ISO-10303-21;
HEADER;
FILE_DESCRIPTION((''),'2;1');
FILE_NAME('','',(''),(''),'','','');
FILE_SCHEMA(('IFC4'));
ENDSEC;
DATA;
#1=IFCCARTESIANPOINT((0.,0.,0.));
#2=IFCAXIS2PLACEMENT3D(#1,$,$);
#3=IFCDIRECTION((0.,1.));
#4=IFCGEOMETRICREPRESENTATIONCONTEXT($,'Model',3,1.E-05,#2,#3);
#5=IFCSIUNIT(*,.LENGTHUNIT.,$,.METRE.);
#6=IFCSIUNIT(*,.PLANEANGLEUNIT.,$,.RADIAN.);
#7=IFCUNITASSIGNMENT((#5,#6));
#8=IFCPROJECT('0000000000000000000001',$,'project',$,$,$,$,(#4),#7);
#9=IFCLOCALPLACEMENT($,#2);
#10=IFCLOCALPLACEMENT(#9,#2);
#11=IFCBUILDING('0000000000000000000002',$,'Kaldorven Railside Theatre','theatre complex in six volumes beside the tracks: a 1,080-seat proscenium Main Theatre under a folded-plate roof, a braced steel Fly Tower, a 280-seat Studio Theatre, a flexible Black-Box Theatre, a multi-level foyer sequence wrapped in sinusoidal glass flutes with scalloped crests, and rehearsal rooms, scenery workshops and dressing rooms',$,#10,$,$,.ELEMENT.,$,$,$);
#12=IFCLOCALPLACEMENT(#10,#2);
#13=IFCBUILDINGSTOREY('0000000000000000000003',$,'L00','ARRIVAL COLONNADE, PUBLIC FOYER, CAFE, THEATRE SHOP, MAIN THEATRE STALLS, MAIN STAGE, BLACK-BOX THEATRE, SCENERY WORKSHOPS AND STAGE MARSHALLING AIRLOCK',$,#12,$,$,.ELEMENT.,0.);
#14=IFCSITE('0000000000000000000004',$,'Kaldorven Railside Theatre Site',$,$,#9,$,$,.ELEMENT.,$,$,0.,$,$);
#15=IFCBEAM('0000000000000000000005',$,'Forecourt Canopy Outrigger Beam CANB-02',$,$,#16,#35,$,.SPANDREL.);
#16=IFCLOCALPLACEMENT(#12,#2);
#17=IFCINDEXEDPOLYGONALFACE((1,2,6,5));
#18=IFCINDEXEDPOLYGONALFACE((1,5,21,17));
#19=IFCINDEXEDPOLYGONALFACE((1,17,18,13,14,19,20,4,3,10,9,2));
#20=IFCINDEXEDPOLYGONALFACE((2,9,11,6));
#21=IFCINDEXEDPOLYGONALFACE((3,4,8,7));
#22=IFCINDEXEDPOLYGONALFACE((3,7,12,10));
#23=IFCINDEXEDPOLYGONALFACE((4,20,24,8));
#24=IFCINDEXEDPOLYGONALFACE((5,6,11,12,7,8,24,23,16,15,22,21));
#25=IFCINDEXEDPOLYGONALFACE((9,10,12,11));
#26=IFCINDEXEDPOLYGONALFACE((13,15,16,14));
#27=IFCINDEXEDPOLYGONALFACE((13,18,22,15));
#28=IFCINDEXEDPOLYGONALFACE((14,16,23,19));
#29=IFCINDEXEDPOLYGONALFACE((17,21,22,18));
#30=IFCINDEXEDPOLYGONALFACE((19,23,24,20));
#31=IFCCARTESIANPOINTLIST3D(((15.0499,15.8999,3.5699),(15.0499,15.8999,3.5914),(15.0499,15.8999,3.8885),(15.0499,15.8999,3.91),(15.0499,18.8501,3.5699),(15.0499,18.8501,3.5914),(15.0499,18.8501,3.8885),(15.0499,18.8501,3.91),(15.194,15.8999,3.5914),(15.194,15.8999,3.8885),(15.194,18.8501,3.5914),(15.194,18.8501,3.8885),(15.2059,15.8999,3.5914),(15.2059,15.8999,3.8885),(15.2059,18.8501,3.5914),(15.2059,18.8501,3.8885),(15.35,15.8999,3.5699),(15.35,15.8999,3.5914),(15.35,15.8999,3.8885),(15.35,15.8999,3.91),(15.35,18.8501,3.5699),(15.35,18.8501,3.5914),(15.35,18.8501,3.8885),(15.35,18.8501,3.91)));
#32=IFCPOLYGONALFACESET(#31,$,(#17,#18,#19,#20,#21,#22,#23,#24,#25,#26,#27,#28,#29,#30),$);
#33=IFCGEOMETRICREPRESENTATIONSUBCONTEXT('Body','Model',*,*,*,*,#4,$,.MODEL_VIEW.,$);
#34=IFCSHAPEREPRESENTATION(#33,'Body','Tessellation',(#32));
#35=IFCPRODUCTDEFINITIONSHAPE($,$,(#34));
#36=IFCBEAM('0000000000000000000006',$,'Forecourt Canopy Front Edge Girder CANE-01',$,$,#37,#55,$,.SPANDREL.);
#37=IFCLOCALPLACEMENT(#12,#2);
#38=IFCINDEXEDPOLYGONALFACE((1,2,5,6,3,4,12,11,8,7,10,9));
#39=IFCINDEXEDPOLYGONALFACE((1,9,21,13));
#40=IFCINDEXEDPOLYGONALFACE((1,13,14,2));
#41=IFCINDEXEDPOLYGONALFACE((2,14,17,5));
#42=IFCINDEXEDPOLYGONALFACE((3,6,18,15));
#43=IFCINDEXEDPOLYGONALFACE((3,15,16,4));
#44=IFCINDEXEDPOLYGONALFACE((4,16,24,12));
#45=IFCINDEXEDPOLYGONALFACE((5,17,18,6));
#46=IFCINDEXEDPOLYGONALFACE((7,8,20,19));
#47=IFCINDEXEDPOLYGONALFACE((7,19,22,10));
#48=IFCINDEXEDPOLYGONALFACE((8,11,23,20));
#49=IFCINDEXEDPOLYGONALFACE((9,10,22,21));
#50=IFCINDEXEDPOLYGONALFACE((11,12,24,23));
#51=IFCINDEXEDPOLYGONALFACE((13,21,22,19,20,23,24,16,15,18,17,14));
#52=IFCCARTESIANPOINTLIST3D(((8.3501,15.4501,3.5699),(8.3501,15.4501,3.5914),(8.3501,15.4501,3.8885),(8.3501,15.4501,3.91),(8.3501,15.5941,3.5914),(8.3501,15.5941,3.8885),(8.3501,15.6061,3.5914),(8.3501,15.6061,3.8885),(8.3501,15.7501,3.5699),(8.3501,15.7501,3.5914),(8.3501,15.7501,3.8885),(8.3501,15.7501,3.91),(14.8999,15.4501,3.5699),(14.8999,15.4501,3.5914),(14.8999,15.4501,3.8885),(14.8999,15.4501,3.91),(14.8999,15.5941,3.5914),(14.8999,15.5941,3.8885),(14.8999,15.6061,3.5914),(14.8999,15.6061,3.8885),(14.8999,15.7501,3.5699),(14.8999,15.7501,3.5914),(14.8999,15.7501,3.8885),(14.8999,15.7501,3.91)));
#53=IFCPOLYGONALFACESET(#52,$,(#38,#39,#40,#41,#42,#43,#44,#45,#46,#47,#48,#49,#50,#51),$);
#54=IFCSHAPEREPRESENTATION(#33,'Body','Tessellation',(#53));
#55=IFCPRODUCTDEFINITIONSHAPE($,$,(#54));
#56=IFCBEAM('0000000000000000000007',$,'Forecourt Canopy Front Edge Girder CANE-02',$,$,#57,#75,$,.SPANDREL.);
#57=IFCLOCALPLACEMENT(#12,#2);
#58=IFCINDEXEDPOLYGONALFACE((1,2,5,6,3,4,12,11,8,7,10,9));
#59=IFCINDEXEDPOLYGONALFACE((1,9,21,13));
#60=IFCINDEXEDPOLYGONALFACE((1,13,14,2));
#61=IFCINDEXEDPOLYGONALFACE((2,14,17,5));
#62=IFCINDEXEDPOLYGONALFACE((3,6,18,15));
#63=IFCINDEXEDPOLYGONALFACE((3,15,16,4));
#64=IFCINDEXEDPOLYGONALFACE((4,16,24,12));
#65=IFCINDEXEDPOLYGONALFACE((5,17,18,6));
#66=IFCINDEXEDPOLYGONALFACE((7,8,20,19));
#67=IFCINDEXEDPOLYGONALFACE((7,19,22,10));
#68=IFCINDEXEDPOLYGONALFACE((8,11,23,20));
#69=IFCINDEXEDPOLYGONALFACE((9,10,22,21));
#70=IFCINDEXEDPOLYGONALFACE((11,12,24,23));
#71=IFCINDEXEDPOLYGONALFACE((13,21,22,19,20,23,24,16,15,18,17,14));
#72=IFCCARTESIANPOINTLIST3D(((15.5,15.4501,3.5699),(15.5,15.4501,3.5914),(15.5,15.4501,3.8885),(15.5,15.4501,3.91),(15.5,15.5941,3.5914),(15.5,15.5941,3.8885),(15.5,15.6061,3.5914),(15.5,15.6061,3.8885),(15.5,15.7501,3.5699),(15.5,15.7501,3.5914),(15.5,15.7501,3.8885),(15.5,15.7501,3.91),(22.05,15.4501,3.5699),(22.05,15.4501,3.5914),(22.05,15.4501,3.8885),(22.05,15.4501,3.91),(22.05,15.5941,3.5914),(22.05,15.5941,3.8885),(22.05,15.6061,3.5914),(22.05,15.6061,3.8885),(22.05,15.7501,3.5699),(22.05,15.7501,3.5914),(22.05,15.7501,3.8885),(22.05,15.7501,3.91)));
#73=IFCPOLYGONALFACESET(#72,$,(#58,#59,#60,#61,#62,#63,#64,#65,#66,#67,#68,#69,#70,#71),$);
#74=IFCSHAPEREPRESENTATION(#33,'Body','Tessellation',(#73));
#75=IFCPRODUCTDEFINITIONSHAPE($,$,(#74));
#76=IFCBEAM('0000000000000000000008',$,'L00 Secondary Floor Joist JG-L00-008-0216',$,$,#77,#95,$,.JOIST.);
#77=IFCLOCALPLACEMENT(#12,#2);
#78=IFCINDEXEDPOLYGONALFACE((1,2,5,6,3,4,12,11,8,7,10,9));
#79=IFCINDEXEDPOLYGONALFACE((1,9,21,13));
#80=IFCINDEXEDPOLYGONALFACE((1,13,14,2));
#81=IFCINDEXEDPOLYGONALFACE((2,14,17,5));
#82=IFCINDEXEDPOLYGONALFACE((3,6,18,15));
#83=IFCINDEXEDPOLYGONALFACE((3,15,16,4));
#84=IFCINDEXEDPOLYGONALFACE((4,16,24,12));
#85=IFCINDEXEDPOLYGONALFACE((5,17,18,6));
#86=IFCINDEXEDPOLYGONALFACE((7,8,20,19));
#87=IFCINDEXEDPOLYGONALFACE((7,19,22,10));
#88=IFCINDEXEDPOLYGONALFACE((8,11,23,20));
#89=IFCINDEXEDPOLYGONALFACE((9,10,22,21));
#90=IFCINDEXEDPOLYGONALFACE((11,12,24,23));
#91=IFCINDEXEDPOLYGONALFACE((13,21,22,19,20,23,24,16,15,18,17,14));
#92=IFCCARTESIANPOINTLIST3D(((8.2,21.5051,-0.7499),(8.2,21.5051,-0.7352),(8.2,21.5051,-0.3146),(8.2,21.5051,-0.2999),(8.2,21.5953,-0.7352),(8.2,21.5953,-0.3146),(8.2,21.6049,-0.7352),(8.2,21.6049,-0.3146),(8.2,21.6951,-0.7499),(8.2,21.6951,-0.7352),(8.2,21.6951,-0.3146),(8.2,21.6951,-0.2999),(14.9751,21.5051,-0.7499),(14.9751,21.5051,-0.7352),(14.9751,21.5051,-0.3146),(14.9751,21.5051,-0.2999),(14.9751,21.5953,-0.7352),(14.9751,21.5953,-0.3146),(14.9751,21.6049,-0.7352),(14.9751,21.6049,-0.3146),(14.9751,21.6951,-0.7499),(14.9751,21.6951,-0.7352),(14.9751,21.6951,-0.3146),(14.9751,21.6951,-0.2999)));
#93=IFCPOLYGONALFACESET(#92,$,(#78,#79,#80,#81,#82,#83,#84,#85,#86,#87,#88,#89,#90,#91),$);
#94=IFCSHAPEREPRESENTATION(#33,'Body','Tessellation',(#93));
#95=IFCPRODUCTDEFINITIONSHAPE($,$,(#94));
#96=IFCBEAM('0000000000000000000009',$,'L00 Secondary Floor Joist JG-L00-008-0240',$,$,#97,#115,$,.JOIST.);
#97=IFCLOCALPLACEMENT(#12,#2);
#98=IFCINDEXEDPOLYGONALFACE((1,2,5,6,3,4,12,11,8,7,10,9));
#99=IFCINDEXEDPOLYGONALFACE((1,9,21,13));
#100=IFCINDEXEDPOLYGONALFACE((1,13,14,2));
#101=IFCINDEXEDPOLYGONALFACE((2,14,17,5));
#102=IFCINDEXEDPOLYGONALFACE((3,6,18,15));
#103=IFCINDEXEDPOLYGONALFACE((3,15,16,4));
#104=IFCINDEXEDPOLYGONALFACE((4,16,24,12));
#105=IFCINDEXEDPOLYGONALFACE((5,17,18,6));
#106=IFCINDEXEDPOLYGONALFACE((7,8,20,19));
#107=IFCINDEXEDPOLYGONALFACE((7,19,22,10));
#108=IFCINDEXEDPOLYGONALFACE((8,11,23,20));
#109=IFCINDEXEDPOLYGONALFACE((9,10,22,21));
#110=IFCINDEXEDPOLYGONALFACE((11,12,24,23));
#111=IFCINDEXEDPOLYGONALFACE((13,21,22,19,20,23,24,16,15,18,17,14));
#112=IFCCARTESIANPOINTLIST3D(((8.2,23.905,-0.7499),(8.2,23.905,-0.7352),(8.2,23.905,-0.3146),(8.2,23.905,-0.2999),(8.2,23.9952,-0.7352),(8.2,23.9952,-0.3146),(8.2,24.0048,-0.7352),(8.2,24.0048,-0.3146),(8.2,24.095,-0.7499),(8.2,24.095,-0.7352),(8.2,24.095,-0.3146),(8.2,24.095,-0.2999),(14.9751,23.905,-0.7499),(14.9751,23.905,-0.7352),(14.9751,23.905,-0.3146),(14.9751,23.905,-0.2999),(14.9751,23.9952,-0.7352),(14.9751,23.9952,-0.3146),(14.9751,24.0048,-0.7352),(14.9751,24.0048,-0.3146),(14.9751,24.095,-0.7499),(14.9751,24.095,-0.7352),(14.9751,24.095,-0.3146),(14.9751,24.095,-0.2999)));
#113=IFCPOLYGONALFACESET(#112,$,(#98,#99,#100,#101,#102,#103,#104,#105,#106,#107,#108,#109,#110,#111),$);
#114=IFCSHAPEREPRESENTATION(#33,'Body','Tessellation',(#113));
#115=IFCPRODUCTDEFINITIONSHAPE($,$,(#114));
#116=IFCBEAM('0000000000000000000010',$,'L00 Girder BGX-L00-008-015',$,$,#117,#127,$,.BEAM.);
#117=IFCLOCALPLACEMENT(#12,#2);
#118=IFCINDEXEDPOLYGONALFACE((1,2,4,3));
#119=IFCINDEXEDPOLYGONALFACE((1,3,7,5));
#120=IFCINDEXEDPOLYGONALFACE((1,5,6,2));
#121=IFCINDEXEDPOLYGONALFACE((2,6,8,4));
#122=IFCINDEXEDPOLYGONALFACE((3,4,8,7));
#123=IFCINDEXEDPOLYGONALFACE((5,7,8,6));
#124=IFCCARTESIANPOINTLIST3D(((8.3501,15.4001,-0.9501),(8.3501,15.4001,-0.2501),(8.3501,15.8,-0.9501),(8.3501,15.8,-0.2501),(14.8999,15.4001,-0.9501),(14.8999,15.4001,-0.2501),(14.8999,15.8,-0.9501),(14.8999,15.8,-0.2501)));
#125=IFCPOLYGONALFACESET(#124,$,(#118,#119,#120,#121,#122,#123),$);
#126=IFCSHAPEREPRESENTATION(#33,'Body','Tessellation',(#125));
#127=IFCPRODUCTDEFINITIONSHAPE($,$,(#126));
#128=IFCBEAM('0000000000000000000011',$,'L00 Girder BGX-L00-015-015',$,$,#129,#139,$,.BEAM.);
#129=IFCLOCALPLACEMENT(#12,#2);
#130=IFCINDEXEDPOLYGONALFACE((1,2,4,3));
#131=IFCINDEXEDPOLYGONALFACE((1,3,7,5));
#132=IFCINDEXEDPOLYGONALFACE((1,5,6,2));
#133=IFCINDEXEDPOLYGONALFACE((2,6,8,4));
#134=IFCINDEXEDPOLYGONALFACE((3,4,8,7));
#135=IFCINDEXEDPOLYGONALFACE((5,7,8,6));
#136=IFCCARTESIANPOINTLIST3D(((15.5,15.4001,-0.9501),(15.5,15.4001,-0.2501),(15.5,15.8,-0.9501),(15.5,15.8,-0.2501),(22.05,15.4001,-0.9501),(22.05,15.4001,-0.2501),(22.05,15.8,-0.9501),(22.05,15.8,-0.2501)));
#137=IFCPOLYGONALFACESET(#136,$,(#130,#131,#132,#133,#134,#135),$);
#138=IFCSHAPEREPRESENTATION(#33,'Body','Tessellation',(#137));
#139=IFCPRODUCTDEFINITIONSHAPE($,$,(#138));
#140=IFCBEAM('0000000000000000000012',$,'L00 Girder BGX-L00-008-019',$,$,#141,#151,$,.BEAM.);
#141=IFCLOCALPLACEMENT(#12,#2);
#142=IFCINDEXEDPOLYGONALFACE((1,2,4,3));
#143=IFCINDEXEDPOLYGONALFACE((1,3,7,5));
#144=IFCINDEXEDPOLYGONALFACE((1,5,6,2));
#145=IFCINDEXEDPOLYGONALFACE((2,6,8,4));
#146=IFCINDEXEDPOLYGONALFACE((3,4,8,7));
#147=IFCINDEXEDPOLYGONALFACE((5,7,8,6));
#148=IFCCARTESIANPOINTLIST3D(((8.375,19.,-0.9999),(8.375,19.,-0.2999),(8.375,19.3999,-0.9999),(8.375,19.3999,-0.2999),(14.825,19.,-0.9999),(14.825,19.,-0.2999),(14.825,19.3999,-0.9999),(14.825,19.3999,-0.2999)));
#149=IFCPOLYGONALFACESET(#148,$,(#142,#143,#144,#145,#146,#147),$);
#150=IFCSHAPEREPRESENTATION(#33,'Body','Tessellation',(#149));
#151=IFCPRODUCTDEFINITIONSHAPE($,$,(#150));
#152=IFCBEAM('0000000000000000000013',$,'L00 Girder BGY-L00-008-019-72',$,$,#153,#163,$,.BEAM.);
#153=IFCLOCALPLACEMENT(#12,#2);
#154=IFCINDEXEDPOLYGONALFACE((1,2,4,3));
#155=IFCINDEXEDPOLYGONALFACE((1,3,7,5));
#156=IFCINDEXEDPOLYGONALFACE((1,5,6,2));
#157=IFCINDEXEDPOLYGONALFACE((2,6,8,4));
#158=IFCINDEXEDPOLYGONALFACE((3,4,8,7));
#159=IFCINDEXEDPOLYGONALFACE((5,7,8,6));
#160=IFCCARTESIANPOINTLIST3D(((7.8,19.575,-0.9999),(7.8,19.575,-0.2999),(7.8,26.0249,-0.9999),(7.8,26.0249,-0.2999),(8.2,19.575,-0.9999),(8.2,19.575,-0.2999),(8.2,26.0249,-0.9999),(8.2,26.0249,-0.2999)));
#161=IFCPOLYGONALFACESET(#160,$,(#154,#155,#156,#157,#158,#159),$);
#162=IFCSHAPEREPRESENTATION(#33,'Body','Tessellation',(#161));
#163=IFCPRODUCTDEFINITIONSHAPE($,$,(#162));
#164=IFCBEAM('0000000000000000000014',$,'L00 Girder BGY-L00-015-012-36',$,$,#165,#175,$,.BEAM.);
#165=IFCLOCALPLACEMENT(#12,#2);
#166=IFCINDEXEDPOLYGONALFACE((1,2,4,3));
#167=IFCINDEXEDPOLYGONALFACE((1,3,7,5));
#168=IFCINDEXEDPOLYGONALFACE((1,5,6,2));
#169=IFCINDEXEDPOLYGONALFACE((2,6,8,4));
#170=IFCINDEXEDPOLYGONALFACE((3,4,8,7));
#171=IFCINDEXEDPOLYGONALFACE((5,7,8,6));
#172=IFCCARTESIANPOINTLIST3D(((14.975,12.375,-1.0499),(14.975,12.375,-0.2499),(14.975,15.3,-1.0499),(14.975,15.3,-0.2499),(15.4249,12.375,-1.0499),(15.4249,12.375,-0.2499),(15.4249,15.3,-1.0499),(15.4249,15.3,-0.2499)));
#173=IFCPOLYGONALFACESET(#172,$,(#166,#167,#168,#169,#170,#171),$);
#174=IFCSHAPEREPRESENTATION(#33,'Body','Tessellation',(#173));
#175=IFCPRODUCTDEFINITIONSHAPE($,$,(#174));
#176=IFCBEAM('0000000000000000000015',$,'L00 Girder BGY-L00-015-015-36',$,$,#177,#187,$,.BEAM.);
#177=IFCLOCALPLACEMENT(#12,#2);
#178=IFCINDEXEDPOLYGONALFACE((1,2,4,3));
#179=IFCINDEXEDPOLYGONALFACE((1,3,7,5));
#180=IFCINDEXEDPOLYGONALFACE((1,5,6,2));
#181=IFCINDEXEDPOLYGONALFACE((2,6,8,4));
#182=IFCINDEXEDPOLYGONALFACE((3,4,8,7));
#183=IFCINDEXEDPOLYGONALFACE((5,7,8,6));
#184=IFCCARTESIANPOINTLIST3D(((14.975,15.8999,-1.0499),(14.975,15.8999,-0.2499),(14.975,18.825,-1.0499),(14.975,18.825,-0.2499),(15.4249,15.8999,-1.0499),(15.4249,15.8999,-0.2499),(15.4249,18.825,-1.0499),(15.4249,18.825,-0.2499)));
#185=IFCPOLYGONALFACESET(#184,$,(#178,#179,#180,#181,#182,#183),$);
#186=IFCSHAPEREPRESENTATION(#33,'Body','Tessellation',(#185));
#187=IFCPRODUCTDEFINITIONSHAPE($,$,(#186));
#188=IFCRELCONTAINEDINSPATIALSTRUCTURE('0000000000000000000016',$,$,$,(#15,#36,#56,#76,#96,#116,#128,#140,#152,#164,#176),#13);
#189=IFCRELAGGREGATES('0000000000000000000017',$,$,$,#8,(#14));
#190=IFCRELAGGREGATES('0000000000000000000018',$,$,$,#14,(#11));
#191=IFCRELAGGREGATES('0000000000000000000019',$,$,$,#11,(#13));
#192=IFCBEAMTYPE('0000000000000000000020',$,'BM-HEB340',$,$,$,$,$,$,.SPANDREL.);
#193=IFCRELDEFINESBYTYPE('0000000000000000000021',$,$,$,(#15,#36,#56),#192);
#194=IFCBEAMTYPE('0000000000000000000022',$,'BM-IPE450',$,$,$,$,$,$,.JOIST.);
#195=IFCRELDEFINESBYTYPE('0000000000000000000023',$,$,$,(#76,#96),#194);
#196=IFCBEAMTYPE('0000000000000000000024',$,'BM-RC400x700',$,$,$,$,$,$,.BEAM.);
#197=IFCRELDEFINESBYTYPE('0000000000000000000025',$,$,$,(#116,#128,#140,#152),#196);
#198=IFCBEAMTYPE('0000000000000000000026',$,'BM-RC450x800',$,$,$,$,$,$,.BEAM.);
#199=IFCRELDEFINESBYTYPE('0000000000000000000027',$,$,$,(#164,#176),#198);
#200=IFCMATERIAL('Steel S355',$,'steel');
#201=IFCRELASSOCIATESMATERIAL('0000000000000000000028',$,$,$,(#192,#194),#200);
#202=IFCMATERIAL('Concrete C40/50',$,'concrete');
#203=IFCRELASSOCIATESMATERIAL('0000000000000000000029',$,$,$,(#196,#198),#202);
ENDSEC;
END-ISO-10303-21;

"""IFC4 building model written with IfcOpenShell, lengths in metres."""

from ifc_helpers import new_model, si_unit, direction, frame, origin, origin_2d, place, context, subcontext, project, spatial, rectangle, i_section, extrude, material, material_profile, profile_set, type_object, element, save


model = new_model("IFC4")

# Units and contexts
model_context = context("Model", 3, precision=1e-05, world=origin(), true_north=direction((0.0, 1.0)))
body_context = subcontext(model_context, "Body", "Model", "MODEL_VIEW")
ifc_project = project(units=[si_unit("LENGTHUNIT", "METRE"), si_unit("PLANEANGLEUNIT", "RADIAN")], contexts=[model_context])

# Site, building, storey
site_placement = place(None, origin())
site = spatial("IfcSite", under=ifc_project, at=site_placement, Name="Kaldorven Railside Theatre Site", CompositionType="ELEMENT", RefElevation=0.0)
building_placement = place(site_placement, origin())
building = spatial("IfcBuilding", under=site, at=building_placement, Name="Kaldorven Railside Theatre", Description="theatre complex in six volumes beside the tracks: a 1,080-seat proscenium Main Theatre under a folded-plate roof, a braced steel Fly Tower, a 280-seat Studio Theatre, a flexible Black-Box Theatre, a multi-level foyer sequence wrapped in sinusoidal glass flutes with scalloped crests, and rehearsal rooms, scenery workshops and dressing rooms", CompositionType="ELEMENT")
storey_placement = place(building_placement, origin())
storey = spatial("IfcBuildingStorey", under=building, at=storey_placement, Name="L00", Description="ARRIVAL COLONNADE, PUBLIC FOYER, CAFE, THEATRE SHOP, MAIN THEATRE STALLS, MAIN STAGE, BLACK-BOX THEATRE, SCENERY WORKSHOPS AND STAGE MARSHALLING AIRLOCK", CompositionType="ELEMENT", Elevation=0.0)

# Shared definitions
ifc_material_1 = material(Name="Concrete C40/50", Category="concrete")

# Beams
ifc_material_2 = material(Name="Steel S355", Category="steel")
ifc_material_profile_1 = material_profile(ifc_material_2, i_section(OverallWidth=0.3, OverallDepth=0.3401, WebThickness=0.012, FlangeThickness=0.0215, at=origin_2d()), Name="HEB 340")
ifc_profile_set_1 = profile_set([ifc_material_profile_1], Name="Steel S355")
beam_type_1 = type_object("IfcBeamType", Name="BM-HEB340", PredefinedType="SPANDREL", material=ifc_profile_set_1)
beam_1_placement = place(storey_placement, frame((15.2, 15.8999, 3.74), z_axis=(0.0, 1.0, 0.0), x_axis=(-1.0, 0.0, 0.0)))
element("IfcBeam", 1, at=beam_1_placement, inside=storey, type_object=beam_type_1, Name="Forecourt Canopy Outrigger Beam CANB-02", PredefinedType="SPANDREL", context=body_context, shape_type="SweptSolid", body=[
    extrude(i_section(OverallWidth=0.3, OverallDepth=0.3401, WebThickness=0.012, FlangeThickness=0.0215, at=origin_2d()), origin(), (0.0, 0.0, 1.0), 2.9502),
])
beam_2_placement = place(storey_placement, frame((8.3501, 15.6001, 3.74), z_axis=(1.0, 0.0, 0.0), x_axis=(0.0, 1.0, 0.0)))
element("IfcBeam", 2, at=beam_2_placement, inside=storey, type_object=beam_type_1, Name="Forecourt Canopy Front Edge Girder CANE-01", PredefinedType="SPANDREL", context=body_context, shape_type="SweptSolid", body=[
    extrude(i_section(OverallWidth=0.3, OverallDepth=0.3401, WebThickness=0.012, FlangeThickness=0.0215, at=origin_2d()), origin(), (0.0, 0.0, 1.0), 6.5498),
])
beam_3_placement = place(storey_placement, frame((15.5, 15.6001, 3.74), z_axis=(1.0, 0.0, 0.0), x_axis=(0.0, 1.0, 0.0)))
element("IfcBeam", 3, at=beam_3_placement, inside=storey, type_object=beam_type_1, Name="Forecourt Canopy Front Edge Girder CANE-02", PredefinedType="SPANDREL", context=body_context, shape_type="SweptSolid", body=[
    extrude(i_section(OverallWidth=0.3, OverallDepth=0.3401, WebThickness=0.012, FlangeThickness=0.0215, at=origin_2d()), origin(), (0.0, 0.0, 1.0), 6.55),
])
ifc_material_profile_2 = material_profile(ifc_material_2, i_section(OverallWidth=0.1899, OverallDepth=0.45, WebThickness=0.0095, FlangeThickness=0.0146, at=origin_2d()), Name="IPE 450")
ifc_profile_set_2 = profile_set([ifc_material_profile_2], Name="Steel S355")
beam_type_2 = type_object("IfcBeamType", Name="BM-IPE450", PredefinedType="JOIST", material=ifc_profile_set_2)
for number, where, z_axis, x_axis, name in (
    (4, (8.2, 21.6001, -0.5249), (1.0, 0.0, 0.0), (0.0, 1.0, 0.0), "L00 Secondary Floor Joist JG-L00-008-0216"),
    (5, (8.2, 24.0, -0.5249), (1.0, 0.0, 0.0), (0.0, 1.0, 0.0), "L00 Secondary Floor Joist JG-L00-008-0240"),
):
    element("IfcBeam", number, at=place(storey_placement, frame(where, z_axis=z_axis, x_axis=x_axis)), inside=storey, type_object=beam_type_2, Name=name, PredefinedType="JOIST", context=body_context, shape_type="SweptSolid", body=[
        extrude(i_section(OverallWidth=0.1899, OverallDepth=0.45, WebThickness=0.0095, FlangeThickness=0.0146, at=origin_2d()), origin(), (0.0, 0.0, 1.0), 6.7751),
    ])
ifc_material_profile_3 = material_profile(ifc_material_1, rectangle(XDim=0.3999, YDim=0.7, at=origin_2d()), Name="RC 400x700")
ifc_profile_set_3 = profile_set([ifc_material_profile_3], Name="Concrete C40/50")
beam_type_3 = type_object("IfcBeamType", Name="BM-RC400x700", PredefinedType="BEAM", material=ifc_profile_set_3)
beam_4_placement = place(storey_placement, frame((8.3501, 15.6001, -0.6001), z_axis=(1.0, 0.0, 0.0), x_axis=(0.0, 1.0, 0.0)))
element("IfcBeam", 6, at=beam_4_placement, inside=storey, type_object=beam_type_3, Name="L00 Girder BGX-L00-008-015", PredefinedType="BEAM", context=body_context, shape_type="SweptSolid", body=[
    extrude(rectangle(XDim=0.3999, YDim=0.7, at=origin_2d()), origin(), (0.0, 0.0, 1.0), 6.5498),
])
beam_5_placement = place(storey_placement, frame((15.5, 15.6001, -0.6001), z_axis=(1.0, 0.0, 0.0), x_axis=(0.0, 1.0, 0.0)))
element("IfcBeam", 7, at=beam_5_placement, inside=storey, type_object=beam_type_3, Name="L00 Girder BGX-L00-015-015", PredefinedType="BEAM", context=body_context, shape_type="SweptSolid", body=[
    extrude(rectangle(XDim=0.3999, YDim=0.7, at=origin_2d()), origin(), (0.0, 0.0, 1.0), 6.55),
])
for number, where, z_axis, x_axis, name in (
    (8, (8.375, 19.2, -0.6499), (1.0, 0.0, 0.0), (0.0, 1.0, 0.0), "L00 Girder BGX-L00-008-019"),
    (9, (8.0, 19.575, -0.6499), (0.0, 1.0, 0.0), (-1.0, 0.0, 0.0), "L00 Girder BGY-L00-008-019-72"),
):
    element("IfcBeam", number, at=place(storey_placement, frame(where, z_axis=z_axis, x_axis=x_axis)), inside=storey, type_object=beam_type_3, Name=name, PredefinedType="BEAM", context=body_context, shape_type="SweptSolid", body=[
        extrude(rectangle(XDim=0.3999, YDim=0.7, at=origin_2d()), origin(), (0.0, 0.0, 1.0), 6.45),
    ])
ifc_material_profile_4 = material_profile(ifc_material_1, rectangle(XDim=0.45, YDim=0.8, at=origin_2d()), Name="RC 450x800")
ifc_profile_set_4 = profile_set([ifc_material_profile_4], Name="Concrete C40/50")
beam_type_4 = type_object("IfcBeamType", Name="BM-RC450x800", PredefinedType="BEAM", material=ifc_profile_set_4)
for number, where, z_axis, x_axis, name in (
    (10, (15.2, 12.375, -0.6499), (0.0, 1.0, 0.0), (-1.0, 0.0, 0.0), "L00 Girder BGY-L00-015-012-36"),
    (11, (15.2, 15.8999, -0.6499), (0.0, 1.0, 0.0), (-1.0, 0.0, 0.0), "L00 Girder BGY-L00-015-015-36"),
):
    element("IfcBeam", number, at=place(storey_placement, frame(where, z_axis=z_axis, x_axis=x_axis)), inside=storey, type_object=beam_type_4, Name=name, PredefinedType="BEAM", context=body_context, shape_type="SweptSolid", body=[
        extrude(rectangle(XDim=0.45, YDim=0.8, at=origin_2d()), origin(), (0.0, 0.0, 1.0), 2.925),
    ])

save(model, "model.ifc")
